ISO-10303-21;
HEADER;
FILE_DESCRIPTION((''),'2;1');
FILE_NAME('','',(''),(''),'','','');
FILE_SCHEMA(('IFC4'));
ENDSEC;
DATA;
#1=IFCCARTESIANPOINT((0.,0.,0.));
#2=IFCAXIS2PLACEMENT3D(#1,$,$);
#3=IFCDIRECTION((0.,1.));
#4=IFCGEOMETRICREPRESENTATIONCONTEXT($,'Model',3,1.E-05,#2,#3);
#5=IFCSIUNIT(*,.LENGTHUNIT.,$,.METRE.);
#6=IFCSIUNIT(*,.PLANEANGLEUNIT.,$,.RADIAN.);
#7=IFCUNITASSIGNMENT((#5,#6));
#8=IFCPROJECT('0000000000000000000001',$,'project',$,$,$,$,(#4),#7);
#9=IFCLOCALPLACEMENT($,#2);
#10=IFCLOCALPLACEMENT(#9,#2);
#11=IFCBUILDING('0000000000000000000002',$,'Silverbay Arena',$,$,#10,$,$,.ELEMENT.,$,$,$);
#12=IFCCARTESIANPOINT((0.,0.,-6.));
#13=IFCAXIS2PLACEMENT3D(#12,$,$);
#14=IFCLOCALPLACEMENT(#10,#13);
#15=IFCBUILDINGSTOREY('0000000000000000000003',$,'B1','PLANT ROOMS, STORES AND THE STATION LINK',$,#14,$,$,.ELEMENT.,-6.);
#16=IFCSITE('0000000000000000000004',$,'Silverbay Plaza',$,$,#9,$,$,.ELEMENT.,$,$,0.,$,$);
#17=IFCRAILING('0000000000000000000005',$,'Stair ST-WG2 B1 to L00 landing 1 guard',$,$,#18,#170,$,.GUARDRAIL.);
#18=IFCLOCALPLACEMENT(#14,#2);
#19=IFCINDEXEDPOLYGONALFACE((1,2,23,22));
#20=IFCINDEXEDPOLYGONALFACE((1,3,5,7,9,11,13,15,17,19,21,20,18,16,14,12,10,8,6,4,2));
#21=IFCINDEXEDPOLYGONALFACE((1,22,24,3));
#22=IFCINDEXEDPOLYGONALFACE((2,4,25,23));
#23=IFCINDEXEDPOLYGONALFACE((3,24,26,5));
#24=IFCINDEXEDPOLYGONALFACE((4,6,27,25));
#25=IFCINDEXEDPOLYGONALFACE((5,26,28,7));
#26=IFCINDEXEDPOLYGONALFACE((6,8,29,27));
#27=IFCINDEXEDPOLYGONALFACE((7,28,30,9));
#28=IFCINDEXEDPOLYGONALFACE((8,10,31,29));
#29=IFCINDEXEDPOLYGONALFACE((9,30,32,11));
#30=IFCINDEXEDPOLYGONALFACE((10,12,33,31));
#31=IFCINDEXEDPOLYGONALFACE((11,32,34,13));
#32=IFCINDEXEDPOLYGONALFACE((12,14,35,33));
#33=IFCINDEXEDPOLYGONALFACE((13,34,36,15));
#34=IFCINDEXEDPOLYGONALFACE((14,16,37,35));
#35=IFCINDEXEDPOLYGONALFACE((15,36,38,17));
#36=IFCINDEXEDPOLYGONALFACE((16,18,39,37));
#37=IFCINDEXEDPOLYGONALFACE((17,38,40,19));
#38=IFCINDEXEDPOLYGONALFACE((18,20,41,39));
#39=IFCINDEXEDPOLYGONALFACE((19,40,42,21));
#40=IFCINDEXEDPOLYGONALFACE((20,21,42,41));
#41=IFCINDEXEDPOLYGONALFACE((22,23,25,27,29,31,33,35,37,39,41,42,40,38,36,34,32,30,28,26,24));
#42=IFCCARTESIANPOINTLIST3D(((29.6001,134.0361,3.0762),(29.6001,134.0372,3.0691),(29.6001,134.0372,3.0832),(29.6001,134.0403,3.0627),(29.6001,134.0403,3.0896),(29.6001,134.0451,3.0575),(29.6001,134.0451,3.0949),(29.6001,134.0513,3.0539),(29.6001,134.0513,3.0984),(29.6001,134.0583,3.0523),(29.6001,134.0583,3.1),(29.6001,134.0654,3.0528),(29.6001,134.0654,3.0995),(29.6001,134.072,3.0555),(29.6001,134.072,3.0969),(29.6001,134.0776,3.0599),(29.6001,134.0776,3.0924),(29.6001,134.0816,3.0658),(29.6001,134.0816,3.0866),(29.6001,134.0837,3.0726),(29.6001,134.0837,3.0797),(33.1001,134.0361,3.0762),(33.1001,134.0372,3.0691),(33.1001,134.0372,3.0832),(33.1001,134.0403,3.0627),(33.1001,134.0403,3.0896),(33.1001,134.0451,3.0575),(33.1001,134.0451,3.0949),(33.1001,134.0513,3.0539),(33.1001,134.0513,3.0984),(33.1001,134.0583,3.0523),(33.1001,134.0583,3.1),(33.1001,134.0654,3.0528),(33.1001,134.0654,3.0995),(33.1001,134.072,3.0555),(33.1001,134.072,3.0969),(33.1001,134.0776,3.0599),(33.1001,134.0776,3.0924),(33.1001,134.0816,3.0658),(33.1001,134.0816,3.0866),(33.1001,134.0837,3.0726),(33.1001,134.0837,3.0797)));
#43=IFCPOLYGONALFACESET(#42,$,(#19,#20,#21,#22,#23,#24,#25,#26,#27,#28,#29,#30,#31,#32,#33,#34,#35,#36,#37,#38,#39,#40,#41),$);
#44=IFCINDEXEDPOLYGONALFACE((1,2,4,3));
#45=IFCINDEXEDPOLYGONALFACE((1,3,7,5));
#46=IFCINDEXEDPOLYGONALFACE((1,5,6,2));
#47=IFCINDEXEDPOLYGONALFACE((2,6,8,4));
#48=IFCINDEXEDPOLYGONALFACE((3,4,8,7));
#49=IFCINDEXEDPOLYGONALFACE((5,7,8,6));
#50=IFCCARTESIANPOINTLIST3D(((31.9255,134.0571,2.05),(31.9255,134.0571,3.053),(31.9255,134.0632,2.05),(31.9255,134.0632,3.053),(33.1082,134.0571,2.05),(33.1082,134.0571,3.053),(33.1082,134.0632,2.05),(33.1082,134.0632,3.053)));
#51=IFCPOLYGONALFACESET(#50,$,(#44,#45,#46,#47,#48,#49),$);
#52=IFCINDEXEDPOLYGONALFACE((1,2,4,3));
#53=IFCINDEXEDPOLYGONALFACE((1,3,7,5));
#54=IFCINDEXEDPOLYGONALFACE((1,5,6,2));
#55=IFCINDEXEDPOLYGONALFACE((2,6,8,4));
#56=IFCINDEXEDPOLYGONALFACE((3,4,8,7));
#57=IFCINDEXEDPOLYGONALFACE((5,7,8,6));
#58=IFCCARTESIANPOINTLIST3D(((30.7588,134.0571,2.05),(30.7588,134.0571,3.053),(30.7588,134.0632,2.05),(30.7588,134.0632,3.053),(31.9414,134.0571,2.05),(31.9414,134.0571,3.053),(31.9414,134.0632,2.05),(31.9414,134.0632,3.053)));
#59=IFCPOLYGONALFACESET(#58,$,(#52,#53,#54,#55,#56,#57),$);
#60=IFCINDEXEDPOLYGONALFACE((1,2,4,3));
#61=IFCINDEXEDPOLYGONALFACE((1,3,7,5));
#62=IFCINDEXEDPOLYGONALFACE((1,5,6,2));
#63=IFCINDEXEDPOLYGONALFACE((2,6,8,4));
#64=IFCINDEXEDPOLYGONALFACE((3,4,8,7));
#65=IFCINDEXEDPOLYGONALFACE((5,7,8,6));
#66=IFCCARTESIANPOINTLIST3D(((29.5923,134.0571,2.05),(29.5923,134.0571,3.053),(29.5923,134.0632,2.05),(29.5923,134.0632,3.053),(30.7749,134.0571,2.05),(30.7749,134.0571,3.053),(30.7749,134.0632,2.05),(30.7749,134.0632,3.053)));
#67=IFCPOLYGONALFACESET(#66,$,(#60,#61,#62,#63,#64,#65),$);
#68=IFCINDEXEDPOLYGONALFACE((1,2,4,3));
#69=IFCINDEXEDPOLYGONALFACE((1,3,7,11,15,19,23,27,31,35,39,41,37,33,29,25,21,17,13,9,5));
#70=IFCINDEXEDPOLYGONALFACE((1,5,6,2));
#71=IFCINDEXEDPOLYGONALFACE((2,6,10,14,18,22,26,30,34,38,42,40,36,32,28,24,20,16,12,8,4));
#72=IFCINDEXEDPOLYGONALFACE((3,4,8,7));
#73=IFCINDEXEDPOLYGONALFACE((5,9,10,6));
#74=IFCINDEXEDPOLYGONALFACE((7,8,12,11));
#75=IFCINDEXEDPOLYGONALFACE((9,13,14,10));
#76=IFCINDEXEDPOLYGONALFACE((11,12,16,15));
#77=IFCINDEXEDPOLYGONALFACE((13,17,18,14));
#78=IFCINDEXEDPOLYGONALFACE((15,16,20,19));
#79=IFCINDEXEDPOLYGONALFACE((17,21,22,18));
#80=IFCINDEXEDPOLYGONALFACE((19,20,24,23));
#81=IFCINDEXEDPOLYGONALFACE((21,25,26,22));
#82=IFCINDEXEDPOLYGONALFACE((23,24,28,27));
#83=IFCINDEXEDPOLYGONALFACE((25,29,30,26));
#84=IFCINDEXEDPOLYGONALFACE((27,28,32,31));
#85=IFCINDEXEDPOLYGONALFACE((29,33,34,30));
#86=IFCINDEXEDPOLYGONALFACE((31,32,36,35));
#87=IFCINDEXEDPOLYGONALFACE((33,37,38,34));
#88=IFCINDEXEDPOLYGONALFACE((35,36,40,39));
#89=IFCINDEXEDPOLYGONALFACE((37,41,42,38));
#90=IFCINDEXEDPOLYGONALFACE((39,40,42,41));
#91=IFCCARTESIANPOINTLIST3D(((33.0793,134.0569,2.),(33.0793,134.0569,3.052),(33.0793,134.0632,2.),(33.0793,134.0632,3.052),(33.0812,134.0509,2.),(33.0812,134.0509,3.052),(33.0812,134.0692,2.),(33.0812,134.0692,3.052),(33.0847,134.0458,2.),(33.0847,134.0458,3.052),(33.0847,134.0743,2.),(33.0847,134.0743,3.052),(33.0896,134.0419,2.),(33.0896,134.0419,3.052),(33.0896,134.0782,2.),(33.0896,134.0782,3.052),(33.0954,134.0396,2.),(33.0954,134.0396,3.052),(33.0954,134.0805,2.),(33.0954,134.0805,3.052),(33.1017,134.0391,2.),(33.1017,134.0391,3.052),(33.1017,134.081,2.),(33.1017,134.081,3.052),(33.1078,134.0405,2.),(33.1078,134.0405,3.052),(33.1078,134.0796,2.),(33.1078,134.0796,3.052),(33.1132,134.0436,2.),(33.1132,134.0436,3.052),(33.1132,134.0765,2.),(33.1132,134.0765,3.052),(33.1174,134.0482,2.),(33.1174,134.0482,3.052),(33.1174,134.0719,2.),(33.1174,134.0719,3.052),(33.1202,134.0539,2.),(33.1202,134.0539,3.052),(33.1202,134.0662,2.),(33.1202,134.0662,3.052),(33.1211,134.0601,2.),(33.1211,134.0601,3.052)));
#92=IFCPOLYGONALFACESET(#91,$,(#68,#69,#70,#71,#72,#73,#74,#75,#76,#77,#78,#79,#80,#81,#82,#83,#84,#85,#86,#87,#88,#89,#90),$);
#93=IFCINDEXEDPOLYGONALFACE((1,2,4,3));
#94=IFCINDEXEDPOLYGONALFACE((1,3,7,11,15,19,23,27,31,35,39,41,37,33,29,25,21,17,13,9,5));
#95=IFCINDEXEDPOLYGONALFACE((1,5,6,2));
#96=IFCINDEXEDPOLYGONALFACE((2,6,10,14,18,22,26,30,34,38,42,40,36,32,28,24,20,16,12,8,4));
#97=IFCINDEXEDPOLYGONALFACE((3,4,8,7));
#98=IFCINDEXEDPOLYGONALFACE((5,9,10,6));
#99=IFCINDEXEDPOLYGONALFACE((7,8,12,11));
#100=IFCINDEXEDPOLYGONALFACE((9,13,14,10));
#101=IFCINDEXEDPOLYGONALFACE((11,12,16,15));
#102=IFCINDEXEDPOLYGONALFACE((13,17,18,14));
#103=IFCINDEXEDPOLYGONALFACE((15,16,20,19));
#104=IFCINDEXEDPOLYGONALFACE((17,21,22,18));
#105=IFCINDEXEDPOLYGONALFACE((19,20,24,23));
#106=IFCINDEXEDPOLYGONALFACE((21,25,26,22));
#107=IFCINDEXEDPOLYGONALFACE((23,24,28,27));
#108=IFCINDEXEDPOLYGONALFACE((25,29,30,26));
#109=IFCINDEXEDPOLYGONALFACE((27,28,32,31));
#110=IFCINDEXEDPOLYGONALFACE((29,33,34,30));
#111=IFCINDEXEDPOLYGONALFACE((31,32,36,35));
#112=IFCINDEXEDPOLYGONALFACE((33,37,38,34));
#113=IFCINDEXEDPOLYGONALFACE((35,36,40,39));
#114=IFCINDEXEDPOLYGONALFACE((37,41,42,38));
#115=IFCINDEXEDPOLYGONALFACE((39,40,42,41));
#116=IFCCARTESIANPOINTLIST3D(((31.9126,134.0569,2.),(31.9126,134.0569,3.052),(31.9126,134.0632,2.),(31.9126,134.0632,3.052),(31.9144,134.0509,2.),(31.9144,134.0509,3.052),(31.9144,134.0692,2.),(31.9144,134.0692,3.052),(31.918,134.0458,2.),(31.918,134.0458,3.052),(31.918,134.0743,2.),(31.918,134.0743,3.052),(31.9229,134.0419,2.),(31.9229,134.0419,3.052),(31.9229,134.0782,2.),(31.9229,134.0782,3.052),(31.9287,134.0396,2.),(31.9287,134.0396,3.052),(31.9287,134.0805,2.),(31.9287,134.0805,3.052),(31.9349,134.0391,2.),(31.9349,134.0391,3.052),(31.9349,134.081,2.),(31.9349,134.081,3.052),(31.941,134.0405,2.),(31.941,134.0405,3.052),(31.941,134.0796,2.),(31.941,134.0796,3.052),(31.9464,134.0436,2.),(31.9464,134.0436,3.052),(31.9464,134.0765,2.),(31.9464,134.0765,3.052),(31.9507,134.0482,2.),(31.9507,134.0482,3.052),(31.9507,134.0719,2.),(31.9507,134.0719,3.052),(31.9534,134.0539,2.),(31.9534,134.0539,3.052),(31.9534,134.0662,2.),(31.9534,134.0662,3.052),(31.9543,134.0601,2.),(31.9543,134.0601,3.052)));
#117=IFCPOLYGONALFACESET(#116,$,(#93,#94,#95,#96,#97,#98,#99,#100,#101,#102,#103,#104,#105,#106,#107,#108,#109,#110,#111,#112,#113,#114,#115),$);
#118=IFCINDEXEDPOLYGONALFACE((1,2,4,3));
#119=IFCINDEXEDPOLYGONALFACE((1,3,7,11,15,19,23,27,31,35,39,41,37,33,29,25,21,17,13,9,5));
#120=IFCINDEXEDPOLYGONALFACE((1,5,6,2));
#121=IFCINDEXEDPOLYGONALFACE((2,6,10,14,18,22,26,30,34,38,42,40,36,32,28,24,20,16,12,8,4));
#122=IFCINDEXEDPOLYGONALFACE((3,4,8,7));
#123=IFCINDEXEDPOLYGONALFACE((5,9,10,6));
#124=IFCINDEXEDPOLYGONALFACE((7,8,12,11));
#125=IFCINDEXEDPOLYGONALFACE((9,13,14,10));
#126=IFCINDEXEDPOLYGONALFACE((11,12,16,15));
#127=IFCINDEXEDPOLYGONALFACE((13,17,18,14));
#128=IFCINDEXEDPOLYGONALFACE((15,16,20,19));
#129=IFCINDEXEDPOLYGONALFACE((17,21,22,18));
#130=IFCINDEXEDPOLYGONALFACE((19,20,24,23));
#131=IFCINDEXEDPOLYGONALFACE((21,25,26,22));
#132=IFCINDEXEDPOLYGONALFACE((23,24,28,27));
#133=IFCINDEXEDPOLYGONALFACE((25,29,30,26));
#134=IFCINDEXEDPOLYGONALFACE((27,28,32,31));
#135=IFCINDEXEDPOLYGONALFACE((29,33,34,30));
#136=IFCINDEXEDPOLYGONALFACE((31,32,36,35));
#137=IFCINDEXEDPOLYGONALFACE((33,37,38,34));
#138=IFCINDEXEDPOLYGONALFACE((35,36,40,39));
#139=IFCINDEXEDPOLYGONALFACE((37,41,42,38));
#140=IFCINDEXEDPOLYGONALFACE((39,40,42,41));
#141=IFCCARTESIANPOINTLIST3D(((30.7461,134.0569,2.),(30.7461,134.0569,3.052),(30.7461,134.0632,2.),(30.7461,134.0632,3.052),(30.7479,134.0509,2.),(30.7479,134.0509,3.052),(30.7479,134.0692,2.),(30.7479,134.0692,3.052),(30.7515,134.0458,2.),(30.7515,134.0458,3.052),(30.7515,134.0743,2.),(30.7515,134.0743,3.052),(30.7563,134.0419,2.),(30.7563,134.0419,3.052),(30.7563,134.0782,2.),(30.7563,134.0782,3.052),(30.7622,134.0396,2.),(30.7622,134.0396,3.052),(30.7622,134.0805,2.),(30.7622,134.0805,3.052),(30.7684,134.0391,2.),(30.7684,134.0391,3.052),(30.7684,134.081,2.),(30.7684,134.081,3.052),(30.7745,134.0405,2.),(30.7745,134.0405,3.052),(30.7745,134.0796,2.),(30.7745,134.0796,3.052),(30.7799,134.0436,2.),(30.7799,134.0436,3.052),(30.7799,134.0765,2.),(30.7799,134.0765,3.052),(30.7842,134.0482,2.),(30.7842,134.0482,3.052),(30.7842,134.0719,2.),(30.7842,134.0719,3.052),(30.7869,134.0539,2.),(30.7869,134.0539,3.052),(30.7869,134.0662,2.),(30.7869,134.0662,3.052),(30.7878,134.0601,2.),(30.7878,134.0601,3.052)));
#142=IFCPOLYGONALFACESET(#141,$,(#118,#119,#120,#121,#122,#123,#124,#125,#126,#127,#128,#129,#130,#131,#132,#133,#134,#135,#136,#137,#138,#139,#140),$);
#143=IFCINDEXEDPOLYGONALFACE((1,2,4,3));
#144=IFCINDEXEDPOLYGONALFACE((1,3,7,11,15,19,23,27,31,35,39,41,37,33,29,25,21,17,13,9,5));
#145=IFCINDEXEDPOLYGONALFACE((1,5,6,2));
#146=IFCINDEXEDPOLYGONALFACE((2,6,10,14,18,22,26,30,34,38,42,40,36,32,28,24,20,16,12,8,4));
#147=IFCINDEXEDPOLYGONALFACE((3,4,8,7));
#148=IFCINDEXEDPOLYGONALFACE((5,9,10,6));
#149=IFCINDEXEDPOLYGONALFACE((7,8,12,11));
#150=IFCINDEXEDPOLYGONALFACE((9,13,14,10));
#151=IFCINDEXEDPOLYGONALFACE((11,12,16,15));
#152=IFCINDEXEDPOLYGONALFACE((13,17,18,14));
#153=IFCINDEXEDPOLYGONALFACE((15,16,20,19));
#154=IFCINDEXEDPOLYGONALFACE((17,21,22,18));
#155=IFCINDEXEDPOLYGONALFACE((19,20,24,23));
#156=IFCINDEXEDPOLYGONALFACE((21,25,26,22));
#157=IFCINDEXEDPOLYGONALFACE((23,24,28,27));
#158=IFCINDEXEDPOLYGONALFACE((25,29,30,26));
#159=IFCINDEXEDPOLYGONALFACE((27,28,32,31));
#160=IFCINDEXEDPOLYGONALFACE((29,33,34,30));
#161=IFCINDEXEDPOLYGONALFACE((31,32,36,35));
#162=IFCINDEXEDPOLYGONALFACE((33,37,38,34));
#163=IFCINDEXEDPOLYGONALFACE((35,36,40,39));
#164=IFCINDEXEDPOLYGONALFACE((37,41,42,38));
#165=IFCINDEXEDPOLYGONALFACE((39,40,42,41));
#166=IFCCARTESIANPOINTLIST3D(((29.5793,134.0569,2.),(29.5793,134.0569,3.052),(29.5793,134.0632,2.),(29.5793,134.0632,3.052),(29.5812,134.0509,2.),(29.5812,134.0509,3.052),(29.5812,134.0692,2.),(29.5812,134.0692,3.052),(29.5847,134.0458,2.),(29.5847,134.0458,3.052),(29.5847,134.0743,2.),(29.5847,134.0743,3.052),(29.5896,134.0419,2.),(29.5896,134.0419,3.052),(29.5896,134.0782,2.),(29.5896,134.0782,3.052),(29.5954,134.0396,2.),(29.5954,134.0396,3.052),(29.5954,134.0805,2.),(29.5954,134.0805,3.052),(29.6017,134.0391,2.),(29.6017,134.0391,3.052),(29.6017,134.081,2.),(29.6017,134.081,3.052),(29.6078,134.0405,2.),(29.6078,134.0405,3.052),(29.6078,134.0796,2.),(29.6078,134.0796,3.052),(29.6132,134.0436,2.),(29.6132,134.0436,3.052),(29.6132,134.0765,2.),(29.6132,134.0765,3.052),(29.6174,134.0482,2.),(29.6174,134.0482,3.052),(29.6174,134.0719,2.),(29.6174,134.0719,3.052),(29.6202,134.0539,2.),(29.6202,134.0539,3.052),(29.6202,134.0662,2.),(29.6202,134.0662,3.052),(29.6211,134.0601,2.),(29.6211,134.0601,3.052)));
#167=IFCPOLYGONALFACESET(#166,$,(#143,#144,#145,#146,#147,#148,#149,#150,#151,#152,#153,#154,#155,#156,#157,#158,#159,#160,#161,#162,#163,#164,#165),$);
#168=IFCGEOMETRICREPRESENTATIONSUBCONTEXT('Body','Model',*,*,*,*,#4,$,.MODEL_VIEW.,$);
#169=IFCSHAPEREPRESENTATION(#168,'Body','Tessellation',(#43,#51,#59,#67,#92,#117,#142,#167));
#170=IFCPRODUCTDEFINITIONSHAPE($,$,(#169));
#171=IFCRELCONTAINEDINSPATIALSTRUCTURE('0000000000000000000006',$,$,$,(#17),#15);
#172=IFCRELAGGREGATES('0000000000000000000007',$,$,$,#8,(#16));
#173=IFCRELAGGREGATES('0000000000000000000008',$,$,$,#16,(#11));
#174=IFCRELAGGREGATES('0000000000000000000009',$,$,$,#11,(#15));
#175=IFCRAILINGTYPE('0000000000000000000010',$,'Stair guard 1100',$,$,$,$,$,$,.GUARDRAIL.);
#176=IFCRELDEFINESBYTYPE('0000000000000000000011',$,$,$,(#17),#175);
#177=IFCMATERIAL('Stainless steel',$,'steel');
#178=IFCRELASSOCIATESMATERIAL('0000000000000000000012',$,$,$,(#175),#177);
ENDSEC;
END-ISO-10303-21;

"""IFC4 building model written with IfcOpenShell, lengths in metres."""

from ifc_helpers import new_model, si_unit, direction, frame, origin, origin_2d, place, context, subcontext, project, spatial, polyline, circle, outline, extrude, material, type_object, element, save


model = new_model("IFC4")

# Units and contexts
model_context = context("Model", 3, precision=1e-05, world=origin(), true_north=direction((0.0, 1.0)))
body_context = subcontext(model_context, "Body", "Model", "MODEL_VIEW")
ifc_project = project(units=[si_unit("LENGTHUNIT", "METRE"), si_unit("PLANEANGLEUNIT", "RADIAN")], contexts=[model_context])

# Site, building, storey
site_placement = place(None, origin())
site = spatial("IfcSite", under=ifc_project, at=site_placement, Name="Silverbay Plaza", CompositionType="ELEMENT", RefElevation=0.0)
building_placement = place(site_placement, origin())
building = spatial("IfcBuilding", under=site, at=building_placement, Name="Silverbay Arena", CompositionType="ELEMENT")
storey_placement = place(building_placement, frame((0.0, 0.0, -6.0)))
storey = spatial("IfcBuildingStorey", under=building, at=storey_placement, Name="B1", Description="PLANT ROOMS, STORES AND THE STATION LINK", CompositionType="ELEMENT", Elevation=-6.0)

# Railing
ifc_material_1 = material(Name="Stainless steel", Category="steel")
railing_type_1 = type_object("IfcRailingType", Name="Stair guard 1100", PredefinedType="GUARDRAIL", material=ifc_material_1)
for number, where, name in (
    (1, (33.1001, 134.0601, 2.0), "Stair ST-WG2 B1 to L00 landing 1 guard"),
):
    element("IfcRailing", number, at=place(storey_placement, frame(where)), inside=storey, type_object=railing_type_1, Name=name, PredefinedType="GUARDRAIL", context=body_context, shape_type="SweptSolid", body=[
        extrude(circle(Radius=0.0239, at=origin_2d()), frame((0.0, 0.0, 1.0762), z_axis=(-1.0, 0.0, 0.0), x_axis=(0.0, -1.0, 0.0)), (0.0, 0.0, 1.0), 3.5),
        extrude(outline(polyline([(-0.0081, 0.05), (1.1746, 0.05), (1.1746, 1.053), (-0.0081, 1.053), (-0.0081, 0.05)])), frame((0.0, -0.0029, 0.0), z_axis=(0.0, 1.0, 0.0), x_axis=(-1.0, 0.0, 0.0)), (0.0, 0.0, 1.0), 0.0061),
        extrude(outline(polyline([(-0.0081, 0.05), (1.1746, 0.05), (1.1746, 1.053), (-0.0081, 1.053), (-0.0081, 0.05)])), frame((-1.1667, -0.0029, 0.0), z_axis=(0.0, 1.0, 0.0), x_axis=(-1.0, 0.0, 0.0)), (0.0, 0.0, 1.0), 0.0061),
        extrude(outline(polyline([(-0.0081, 0.05), (1.1746, 0.05), (1.1746, 1.053), (-0.0081, 1.053), (-0.0081, 0.05)])), frame((-2.3333, -0.0029, 0.0), z_axis=(0.0, 1.0, 0.0), x_axis=(-1.0, 0.0, 0.0)), (0.0, 0.0, 1.0), 0.0061),
        extrude(circle(Radius=0.021, at=origin_2d()), origin(), (0.0, 0.0, 1.0), 1.052),
        extrude(circle(Radius=0.021, at=origin_2d()), frame((-1.1667, 0.0, 0.0)), (0.0, 0.0, 1.0), 1.052),
        extrude(circle(Radius=0.021, at=origin_2d()), frame((-2.3333, 0.0, 0.0)), (0.0, 0.0, 1.0), 1.052),
        extrude(circle(Radius=0.021, at=origin_2d()), frame((-3.5, 0.0, 0.0)), (0.0, 0.0, 1.0), 1.052),
    ])

save(model, "model.ifc")
